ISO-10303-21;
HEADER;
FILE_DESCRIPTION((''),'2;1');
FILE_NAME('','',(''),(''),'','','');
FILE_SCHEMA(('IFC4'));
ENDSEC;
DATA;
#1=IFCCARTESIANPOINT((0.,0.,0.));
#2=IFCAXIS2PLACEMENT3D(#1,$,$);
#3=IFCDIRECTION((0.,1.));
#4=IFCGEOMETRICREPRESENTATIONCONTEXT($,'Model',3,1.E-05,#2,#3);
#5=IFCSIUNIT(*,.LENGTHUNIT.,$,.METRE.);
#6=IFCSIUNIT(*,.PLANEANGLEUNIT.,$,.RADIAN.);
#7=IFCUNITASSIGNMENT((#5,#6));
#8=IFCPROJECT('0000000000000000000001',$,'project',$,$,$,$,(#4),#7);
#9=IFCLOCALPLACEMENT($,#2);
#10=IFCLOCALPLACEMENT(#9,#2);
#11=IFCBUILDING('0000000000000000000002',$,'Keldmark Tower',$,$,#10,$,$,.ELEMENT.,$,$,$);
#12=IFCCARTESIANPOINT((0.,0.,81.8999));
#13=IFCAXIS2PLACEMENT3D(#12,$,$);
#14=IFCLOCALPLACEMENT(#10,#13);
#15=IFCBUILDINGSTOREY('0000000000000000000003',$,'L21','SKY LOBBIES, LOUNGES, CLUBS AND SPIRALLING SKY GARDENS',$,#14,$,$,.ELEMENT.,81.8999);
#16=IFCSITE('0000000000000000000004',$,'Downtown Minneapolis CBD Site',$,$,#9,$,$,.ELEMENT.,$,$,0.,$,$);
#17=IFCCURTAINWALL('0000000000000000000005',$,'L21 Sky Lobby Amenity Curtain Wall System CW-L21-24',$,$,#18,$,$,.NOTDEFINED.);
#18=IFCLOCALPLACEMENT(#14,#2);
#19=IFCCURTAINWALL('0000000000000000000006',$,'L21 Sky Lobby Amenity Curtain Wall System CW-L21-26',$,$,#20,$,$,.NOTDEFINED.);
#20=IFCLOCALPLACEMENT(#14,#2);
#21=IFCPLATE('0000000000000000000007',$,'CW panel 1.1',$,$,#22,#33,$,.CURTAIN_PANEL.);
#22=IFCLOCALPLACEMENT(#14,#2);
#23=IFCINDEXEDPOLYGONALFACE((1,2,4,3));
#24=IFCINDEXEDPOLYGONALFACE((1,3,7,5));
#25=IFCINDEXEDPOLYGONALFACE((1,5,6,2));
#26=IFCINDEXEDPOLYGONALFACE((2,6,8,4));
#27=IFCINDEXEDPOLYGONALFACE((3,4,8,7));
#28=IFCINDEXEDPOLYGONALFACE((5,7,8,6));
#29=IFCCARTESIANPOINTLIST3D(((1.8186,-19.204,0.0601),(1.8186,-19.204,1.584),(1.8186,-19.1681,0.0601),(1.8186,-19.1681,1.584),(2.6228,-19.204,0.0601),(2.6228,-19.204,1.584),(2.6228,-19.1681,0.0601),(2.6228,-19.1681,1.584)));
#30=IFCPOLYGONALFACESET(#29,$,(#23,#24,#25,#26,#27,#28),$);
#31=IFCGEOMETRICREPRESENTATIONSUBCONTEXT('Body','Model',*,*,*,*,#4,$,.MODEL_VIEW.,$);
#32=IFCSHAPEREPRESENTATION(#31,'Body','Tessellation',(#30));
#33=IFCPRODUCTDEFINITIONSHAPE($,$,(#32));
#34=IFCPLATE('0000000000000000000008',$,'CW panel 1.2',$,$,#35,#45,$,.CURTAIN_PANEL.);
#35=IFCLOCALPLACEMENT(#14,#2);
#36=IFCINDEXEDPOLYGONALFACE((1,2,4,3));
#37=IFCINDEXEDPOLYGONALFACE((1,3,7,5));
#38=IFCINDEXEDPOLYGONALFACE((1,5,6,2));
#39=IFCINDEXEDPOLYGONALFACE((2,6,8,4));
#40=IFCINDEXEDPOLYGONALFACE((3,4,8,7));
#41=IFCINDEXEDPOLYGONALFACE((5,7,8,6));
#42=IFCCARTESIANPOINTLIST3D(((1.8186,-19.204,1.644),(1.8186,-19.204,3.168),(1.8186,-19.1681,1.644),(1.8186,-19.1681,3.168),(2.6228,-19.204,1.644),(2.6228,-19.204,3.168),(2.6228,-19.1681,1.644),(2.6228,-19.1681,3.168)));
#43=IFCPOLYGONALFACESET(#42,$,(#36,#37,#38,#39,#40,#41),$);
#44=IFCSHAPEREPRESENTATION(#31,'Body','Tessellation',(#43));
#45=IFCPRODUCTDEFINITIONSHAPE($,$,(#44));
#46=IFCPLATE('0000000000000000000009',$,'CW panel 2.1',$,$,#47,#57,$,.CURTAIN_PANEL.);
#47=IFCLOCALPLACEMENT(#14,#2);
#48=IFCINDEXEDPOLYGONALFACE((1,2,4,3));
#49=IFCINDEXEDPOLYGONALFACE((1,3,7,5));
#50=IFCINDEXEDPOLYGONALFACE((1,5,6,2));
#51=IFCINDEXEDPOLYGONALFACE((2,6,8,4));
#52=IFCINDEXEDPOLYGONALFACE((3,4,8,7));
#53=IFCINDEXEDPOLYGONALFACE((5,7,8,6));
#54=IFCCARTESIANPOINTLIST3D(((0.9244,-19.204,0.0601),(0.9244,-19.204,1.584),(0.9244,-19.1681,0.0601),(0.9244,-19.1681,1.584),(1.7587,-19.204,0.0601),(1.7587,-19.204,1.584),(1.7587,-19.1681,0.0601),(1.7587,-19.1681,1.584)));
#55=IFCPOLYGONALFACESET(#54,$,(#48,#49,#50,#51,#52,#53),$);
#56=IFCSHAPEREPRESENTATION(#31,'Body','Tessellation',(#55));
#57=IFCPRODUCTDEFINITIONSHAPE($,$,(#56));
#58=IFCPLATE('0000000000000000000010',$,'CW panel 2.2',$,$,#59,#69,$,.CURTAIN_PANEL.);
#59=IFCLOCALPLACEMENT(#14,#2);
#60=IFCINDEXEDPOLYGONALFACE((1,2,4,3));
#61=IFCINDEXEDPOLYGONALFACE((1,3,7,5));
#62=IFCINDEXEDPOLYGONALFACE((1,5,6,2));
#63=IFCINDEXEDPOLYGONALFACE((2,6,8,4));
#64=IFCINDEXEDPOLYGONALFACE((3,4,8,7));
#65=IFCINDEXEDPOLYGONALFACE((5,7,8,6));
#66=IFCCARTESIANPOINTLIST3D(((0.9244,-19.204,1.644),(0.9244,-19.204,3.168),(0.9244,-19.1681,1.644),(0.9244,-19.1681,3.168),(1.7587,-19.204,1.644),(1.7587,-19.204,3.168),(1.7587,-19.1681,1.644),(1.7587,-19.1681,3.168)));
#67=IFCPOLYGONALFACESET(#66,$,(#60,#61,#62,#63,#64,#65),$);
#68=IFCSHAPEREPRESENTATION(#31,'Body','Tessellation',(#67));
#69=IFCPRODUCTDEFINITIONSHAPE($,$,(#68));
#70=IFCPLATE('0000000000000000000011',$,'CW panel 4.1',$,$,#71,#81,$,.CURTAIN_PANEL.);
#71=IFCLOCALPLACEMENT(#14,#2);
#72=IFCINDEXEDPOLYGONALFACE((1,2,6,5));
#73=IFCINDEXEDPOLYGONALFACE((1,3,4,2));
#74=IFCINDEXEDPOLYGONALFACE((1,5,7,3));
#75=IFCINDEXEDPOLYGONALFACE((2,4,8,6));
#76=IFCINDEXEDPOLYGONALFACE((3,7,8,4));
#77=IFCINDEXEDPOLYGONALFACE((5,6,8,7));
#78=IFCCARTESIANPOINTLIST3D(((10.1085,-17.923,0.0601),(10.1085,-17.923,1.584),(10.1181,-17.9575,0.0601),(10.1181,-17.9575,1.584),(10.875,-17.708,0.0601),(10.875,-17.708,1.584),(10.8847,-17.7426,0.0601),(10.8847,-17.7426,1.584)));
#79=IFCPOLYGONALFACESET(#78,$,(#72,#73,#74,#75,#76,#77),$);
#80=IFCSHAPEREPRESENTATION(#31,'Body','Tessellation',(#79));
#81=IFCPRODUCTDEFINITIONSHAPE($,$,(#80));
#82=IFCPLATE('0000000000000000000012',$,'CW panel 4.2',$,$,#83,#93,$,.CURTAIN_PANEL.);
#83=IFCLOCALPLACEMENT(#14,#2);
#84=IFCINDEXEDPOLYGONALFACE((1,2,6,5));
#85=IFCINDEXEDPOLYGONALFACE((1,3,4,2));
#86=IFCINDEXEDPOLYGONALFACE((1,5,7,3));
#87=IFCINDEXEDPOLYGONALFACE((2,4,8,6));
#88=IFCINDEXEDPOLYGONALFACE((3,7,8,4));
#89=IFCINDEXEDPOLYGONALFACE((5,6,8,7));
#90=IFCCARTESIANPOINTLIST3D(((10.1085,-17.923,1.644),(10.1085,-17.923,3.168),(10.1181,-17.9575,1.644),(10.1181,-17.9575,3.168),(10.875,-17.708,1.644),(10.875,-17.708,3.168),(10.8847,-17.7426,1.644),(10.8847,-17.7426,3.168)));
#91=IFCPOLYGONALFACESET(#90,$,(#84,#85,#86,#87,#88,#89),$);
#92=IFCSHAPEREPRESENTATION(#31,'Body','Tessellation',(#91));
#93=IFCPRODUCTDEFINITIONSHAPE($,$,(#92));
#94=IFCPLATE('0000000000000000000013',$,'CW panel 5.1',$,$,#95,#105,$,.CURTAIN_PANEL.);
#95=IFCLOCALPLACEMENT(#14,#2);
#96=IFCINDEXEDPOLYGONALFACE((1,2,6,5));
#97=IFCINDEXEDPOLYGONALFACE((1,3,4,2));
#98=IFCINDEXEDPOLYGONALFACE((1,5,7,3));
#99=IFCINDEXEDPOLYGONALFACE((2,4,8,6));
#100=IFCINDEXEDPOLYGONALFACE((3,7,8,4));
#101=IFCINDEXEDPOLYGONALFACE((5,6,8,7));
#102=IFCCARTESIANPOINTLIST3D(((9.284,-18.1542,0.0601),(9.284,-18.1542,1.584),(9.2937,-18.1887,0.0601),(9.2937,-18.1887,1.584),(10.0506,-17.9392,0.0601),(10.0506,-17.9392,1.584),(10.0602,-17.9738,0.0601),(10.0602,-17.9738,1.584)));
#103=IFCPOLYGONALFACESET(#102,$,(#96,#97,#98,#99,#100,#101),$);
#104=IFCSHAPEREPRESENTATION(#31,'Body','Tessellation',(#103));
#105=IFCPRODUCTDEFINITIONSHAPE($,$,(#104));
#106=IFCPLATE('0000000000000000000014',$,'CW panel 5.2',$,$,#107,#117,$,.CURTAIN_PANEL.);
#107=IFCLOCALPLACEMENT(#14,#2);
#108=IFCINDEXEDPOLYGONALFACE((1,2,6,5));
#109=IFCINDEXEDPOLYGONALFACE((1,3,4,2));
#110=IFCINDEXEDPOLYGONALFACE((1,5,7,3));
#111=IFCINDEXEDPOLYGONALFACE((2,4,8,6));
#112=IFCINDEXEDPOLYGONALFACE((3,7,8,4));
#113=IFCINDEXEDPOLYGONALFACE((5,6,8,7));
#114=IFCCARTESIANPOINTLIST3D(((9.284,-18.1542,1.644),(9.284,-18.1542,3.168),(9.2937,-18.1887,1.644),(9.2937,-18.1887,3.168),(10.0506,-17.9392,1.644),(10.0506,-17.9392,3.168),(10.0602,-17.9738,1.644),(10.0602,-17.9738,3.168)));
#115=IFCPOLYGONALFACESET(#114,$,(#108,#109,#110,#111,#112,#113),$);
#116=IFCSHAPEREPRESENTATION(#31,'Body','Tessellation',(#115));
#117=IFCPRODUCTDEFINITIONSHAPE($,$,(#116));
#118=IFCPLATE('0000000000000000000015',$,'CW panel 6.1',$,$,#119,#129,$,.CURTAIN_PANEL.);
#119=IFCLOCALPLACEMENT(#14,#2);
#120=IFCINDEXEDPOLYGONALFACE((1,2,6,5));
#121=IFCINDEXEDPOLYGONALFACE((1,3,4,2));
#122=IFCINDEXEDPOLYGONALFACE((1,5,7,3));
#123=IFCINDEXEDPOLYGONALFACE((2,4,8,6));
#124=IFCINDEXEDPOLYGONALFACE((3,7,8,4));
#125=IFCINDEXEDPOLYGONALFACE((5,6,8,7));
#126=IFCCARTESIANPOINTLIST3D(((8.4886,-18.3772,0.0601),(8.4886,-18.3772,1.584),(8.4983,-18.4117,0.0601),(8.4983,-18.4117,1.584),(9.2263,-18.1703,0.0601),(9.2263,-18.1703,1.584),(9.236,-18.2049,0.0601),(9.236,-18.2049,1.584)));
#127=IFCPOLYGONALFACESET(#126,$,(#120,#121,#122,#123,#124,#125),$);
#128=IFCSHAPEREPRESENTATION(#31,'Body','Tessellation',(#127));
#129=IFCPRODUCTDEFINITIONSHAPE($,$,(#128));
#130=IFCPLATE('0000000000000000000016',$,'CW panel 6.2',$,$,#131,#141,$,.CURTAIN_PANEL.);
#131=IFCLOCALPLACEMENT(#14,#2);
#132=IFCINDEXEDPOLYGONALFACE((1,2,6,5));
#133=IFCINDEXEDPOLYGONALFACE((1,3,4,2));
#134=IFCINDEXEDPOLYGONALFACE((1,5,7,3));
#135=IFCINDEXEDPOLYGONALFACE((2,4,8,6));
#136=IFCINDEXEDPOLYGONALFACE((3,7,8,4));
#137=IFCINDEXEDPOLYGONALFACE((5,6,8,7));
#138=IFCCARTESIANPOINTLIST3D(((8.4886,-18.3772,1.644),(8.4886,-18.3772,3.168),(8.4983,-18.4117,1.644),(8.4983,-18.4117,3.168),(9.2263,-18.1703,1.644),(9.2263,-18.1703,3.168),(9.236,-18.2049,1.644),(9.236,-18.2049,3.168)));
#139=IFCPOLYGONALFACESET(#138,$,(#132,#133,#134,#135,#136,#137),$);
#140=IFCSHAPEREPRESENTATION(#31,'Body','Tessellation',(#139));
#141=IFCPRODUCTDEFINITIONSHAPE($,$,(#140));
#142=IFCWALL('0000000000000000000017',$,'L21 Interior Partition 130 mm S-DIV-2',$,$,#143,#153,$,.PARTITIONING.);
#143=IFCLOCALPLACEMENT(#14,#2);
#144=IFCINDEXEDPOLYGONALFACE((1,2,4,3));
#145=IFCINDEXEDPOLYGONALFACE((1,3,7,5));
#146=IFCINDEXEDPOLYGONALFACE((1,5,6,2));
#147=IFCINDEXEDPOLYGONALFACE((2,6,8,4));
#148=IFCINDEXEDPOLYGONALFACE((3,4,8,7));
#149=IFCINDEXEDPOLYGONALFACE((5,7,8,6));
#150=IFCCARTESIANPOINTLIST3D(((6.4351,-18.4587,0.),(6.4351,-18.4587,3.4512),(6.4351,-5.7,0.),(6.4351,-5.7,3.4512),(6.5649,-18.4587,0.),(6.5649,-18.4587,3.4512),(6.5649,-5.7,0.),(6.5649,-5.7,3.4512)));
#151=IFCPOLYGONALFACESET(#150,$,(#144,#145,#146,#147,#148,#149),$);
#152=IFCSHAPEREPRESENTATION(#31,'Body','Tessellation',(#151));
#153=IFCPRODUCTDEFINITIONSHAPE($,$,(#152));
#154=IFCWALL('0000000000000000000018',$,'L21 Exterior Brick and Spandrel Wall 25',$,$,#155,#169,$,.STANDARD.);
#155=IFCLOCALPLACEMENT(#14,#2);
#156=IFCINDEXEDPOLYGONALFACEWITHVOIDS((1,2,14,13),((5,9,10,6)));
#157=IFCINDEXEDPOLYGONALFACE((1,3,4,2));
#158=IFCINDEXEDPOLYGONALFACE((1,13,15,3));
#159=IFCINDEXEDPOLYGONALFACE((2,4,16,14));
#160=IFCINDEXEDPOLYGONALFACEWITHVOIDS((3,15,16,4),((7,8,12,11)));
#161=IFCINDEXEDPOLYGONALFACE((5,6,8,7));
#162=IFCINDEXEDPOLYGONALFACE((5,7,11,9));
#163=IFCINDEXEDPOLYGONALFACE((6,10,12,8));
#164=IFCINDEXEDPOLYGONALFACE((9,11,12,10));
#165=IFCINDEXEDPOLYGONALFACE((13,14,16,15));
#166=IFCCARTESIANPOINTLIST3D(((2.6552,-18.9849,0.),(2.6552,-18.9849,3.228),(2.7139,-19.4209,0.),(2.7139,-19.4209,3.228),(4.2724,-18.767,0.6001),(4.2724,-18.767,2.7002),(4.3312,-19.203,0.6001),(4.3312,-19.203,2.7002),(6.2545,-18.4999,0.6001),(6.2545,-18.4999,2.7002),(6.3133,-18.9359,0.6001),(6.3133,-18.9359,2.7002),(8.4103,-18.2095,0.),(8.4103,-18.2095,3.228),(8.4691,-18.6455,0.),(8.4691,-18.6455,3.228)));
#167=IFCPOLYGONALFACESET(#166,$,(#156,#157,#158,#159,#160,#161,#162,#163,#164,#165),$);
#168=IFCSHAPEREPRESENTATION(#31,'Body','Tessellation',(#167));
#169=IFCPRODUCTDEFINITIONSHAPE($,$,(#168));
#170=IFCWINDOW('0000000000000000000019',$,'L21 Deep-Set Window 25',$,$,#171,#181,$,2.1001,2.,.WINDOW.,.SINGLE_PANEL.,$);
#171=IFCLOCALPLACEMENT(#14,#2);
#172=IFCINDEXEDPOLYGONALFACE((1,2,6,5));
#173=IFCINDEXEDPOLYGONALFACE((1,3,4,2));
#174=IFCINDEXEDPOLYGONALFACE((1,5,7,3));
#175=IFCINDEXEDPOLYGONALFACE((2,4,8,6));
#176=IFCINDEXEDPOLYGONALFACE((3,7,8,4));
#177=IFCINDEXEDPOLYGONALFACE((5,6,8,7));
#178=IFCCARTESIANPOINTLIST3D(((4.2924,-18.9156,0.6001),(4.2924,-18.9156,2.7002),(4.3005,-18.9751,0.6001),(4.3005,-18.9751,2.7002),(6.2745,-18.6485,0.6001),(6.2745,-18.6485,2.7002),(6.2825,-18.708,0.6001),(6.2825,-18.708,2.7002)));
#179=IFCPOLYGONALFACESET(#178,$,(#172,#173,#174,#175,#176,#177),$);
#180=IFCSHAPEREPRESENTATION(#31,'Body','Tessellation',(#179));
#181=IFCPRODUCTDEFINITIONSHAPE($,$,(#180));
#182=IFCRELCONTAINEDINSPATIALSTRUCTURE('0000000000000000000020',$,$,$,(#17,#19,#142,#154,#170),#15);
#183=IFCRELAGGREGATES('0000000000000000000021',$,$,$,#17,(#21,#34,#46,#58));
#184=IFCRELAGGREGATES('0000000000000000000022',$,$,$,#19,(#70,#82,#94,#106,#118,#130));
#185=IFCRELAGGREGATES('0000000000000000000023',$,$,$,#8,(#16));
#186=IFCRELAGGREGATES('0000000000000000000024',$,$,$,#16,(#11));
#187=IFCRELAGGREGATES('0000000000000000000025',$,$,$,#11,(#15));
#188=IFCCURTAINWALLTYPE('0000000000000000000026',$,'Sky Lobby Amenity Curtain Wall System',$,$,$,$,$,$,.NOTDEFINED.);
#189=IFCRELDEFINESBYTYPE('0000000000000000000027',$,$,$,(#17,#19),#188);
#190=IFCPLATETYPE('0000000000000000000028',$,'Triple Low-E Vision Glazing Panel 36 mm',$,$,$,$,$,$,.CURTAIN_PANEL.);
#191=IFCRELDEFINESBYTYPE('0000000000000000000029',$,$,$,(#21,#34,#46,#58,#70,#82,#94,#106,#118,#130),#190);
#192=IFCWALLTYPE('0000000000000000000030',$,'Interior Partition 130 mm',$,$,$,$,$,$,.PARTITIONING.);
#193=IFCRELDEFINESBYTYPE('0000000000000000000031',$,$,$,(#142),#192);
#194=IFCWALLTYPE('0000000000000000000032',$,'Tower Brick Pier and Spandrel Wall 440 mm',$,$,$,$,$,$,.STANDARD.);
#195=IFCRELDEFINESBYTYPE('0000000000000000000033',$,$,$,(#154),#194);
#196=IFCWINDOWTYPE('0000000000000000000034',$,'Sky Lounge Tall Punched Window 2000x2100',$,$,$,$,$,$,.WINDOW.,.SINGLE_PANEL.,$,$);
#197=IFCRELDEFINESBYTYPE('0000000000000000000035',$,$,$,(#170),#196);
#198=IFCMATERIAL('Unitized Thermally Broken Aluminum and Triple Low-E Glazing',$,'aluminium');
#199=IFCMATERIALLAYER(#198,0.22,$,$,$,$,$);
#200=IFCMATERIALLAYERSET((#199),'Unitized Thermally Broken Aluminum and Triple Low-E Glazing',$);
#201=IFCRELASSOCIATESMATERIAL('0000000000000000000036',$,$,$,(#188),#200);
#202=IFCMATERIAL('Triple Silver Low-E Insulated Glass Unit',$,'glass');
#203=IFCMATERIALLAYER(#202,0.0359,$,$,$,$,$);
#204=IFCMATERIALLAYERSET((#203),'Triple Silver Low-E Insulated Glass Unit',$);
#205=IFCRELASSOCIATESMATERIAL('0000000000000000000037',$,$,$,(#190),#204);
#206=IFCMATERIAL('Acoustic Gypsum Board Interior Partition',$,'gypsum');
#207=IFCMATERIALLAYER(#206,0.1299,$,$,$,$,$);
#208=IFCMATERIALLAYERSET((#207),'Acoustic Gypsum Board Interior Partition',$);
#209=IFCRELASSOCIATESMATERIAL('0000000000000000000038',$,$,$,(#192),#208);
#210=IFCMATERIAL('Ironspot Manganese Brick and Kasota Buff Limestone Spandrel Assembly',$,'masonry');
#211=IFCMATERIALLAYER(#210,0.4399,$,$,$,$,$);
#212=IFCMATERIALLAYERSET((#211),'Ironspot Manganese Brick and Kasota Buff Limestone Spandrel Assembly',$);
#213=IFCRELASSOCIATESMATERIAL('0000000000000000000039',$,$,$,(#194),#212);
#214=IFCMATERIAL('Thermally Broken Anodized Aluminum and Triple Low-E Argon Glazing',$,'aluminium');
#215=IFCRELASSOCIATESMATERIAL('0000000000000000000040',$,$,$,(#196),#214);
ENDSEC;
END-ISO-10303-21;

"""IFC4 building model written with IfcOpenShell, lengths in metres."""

from ifc_helpers import new_model, si_unit, direction, frame, frame_2d, origin, origin_2d, place, context, subcontext, project, spatial, rectangle, extrude, material, layer, layer_set, type_object, element, fill, aggregate, save


model = new_model("IFC4")

# Units and contexts
model_context = context("Model", 3, precision=1e-05, world=origin(), true_north=direction((0.0, 1.0)))
body_context = subcontext(model_context, "Body", "Model", "MODEL_VIEW")
ifc_project = project(units=[si_unit("LENGTHUNIT", "METRE"), si_unit("PLANEANGLEUNIT", "RADIAN")], contexts=[model_context])

# Site, building, storey
site_placement = place(None, origin())
site = spatial("IfcSite", under=ifc_project, at=site_placement, Name="Downtown Minneapolis CBD Site", CompositionType="ELEMENT", RefElevation=0.0)
building_placement = place(site_placement, origin())
building = spatial("IfcBuilding", under=site, at=building_placement, Name="Keldmark Tower", CompositionType="ELEMENT")
storey_placement = place(building_placement, frame((0.0, 0.0, 81.8999)))
storey = spatial("IfcBuildingStorey", under=building, at=storey_placement, Name="L21", Description="SKY LOBBIES, LOUNGES, CLUBS AND SPIRALLING SKY GARDENS", CompositionType="ELEMENT", Elevation=81.8999)

# Curtain walls
ifc_material_1 = material(Name="Unitized Thermally Broken Aluminum and Triple Low-E Glazing", Category="aluminium")
ifc_layer_1 = layer(ifc_material_1, 0.22)
ifc_layer_set_1 = layer_set([ifc_layer_1], Name="Unitized Thermally Broken Aluminum and Triple Low-E Glazing")
curtain_wall_type = type_object("IfcCurtainWallType", Name="Sky Lobby Amenity Curtain Wall System", PredefinedType="NOTDEFINED", material=ifc_layer_set_1)
curtain_wall_1_placement = place(storey_placement, origin())
curtain_wall_1 = element("IfcCurtainWall", 1, at=curtain_wall_1_placement, inside=storey, type_object=curtain_wall_type, Name="L21 Sky Lobby Amenity Curtain Wall System CW-L21-24", PredefinedType="NOTDEFINED")
curtain_wall_2_placement = place(storey_placement, origin())
curtain_wall_2 = element("IfcCurtainWall", 2, at=curtain_wall_2_placement, inside=storey, type_object=curtain_wall_type, Name="L21 Sky Lobby Amenity Curtain Wall System CW-L21-26", PredefinedType="NOTDEFINED")

# Plates
ifc_material_2 = material(Name="Triple Silver Low-E Insulated Glass Unit", Category="glass")
ifc_layer_2 = layer(ifc_material_2, 0.0359)
ifc_layer_set_2 = layer_set([ifc_layer_2], Name="Triple Silver Low-E Insulated Glass Unit")
plate_type_1 = type_object("IfcPlateType", Name="Triple Low-E Vision Glazing Panel 36 mm", PredefinedType="CURTAIN_PANEL", material=ifc_layer_set_2)
plate_1_placement = place(storey_placement, frame((2.2207, -19.186, 0.0601), z_axis=(0.0, 0.0, 1.0), x_axis=(-1.0, 0.0, 0.0)))
plate_1 = element("IfcPlate", 3, at=plate_1_placement, type_object=plate_type_1, Name="CW panel 1.1", PredefinedType="CURTAIN_PANEL", context=body_context, shape_type="SweptSolid", body=[
    extrude(rectangle(XDim=0.8042, YDim=0.0359, at=origin_2d()), origin(), (0.0, 0.0, 1.0), 1.5239),
])
plate_2_placement = place(storey_placement, frame((2.2207, -19.186, 1.644), z_axis=(0.0, 0.0, 1.0), x_axis=(-1.0, 0.0, 0.0)))
plate_2 = element("IfcPlate", 4, at=plate_2_placement, type_object=plate_type_1, Name="CW panel 1.2", PredefinedType="CURTAIN_PANEL", context=body_context, shape_type="SweptSolid", body=[
    extrude(rectangle(XDim=0.8042, YDim=0.0359, at=origin_2d()), origin(), (0.0, 0.0, 1.0), 1.5239),
])
plate_3_placement = place(storey_placement, frame((1.3416, -19.186, 0.0601), z_axis=(0.0, 0.0, 1.0), x_axis=(-1.0, 0.0, 0.0)))
plate_3 = element("IfcPlate", 5, at=plate_3_placement, type_object=plate_type_1, Name="CW panel 2.1", PredefinedType="CURTAIN_PANEL", context=body_context, shape_type="SweptSolid", body=[
    extrude(rectangle(XDim=0.8342, YDim=0.0359, at=origin_2d()), origin(), (0.0, 0.0, 1.0), 1.5239),
])
plate_4_placement = place(storey_placement, frame((1.3416, -19.186, 1.644), z_axis=(0.0, 0.0, 1.0), x_axis=(-1.0, 0.0, 0.0)))
plate_4 = element("IfcPlate", 6, at=plate_4_placement, type_object=plate_type_1, Name="CW panel 2.2", PredefinedType="CURTAIN_PANEL", context=body_context, shape_type="SweptSolid", body=[
    extrude(rectangle(XDim=0.8342, YDim=0.0359, at=origin_2d()), origin(), (0.0, 0.0, 1.0), 1.5239),
])
aggregate(curtain_wall_1, [plate_1, plate_2, plate_3, plate_4])
plate_5_placement = place(storey_placement, frame((10.4966, -17.8328, 0.0601), z_axis=(0.0, 0.0, 1.0), x_axis=(-0.962852, -0.270028, 0.0)))
plate_5 = element("IfcPlate", 7, at=plate_5_placement, type_object=plate_type_1, Name="CW panel 4.1", PredefinedType="CURTAIN_PANEL", context=body_context, shape_type="SweptSolid", body=[
    extrude(rectangle(XDim=0.7961, YDim=0.0359, at=origin_2d()), origin(), (0.0, 0.0, 1.0), 1.5239),
])
plate_6_placement = place(storey_placement, frame((10.4966, -17.8328, 1.644), z_axis=(0.0, 0.0, 1.0), x_axis=(-0.962852, -0.270028, 0.0)))
plate_6 = element("IfcPlate", 8, at=plate_6_placement, type_object=plate_type_1, Name="CW panel 4.2", PredefinedType="CURTAIN_PANEL", context=body_context, shape_type="SweptSolid", body=[
    extrude(rectangle(XDim=0.7961, YDim=0.0359, at=origin_2d()), origin(), (0.0, 0.0, 1.0), 1.5239),
])
plate_7_placement = place(storey_placement, frame((9.6721, -18.064, 0.0601), z_axis=(0.0, 0.0, 1.0), x_axis=(-0.962852, -0.270028, 0.0)))
plate_7 = element("IfcPlate", 9, at=plate_7_placement, type_object=plate_type_1, Name="CW panel 5.1", PredefinedType="CURTAIN_PANEL", context=body_context, shape_type="SweptSolid", body=[
    extrude(rectangle(XDim=0.7961, YDim=0.0359, at=origin_2d()), origin(), (0.0, 0.0, 1.0), 1.5239),
])
plate_8_placement = place(storey_placement, frame((9.6721, -18.064, 1.644), z_axis=(0.0, 0.0, 1.0), x_axis=(-0.962852, -0.270028, 0.0)))
plate_8 = element("IfcPlate", 10, at=plate_8_placement, type_object=plate_type_1, Name="CW panel 5.2", PredefinedType="CURTAIN_PANEL", context=body_context, shape_type="SweptSolid", body=[
    extrude(rectangle(XDim=0.7961, YDim=0.0359, at=origin_2d()), origin(), (0.0, 0.0, 1.0), 1.5239),
])
plate_9_placement = place(storey_placement, frame((8.8623, -18.291, 0.0601), z_axis=(0.0, 0.0, 1.0), x_axis=(-0.962852, -0.270028, 0.0)))
plate_9 = element("IfcPlate", 11, at=plate_9_placement, type_object=plate_type_1, Name="CW panel 6.1", PredefinedType="CURTAIN_PANEL", context=body_context, shape_type="SweptSolid", body=[
    extrude(rectangle(XDim=0.7661, YDim=0.0359, at=origin_2d()), origin(), (0.0, 0.0, 1.0), 1.5239),
])
plate_10_placement = place(storey_placement, frame((8.8623, -18.291, 1.644), z_axis=(0.0, 0.0, 1.0), x_axis=(-0.962852, -0.270028, 0.0)))
plate_10 = element("IfcPlate", 12, at=plate_10_placement, type_object=plate_type_1, Name="CW panel 6.2", PredefinedType="CURTAIN_PANEL", context=body_context, shape_type="SweptSolid", body=[
    extrude(rectangle(XDim=0.7661, YDim=0.0359, at=origin_2d()), origin(), (0.0, 0.0, 1.0), 1.5239),
])
aggregate(curtain_wall_2, [plate_5, plate_6, plate_7, plate_8, plate_9, plate_10])

# Wall
ifc_material_3 = material(Name="Acoustic Gypsum Board Interior Partition", Category="gypsum")
ifc_layer_3 = layer(ifc_material_3, 0.1299)
ifc_layer_set_3 = layer_set([ifc_layer_3], Name="Acoustic Gypsum Board Interior Partition")
wall_type_1 = type_object("IfcWallType", Name="Interior Partition 130 mm", PredefinedType="PARTITIONING", material=ifc_layer_set_3)
wall_1_placement = place(storey_placement, frame((6.5, -18.4587, 0.0), z_axis=(0.0, 0.0, 1.0), x_axis=(0.0, 1.0, 0.0)))
element("IfcWall", 13, at=wall_1_placement, inside=storey, type_object=wall_type_1, Name="L21 Interior Partition 130 mm S-DIV-2", PredefinedType="PARTITIONING", context=body_context, shape_type="SweptSolid", body=[
    extrude(rectangle(XDim=12.7588, YDim=0.1299, at=frame_2d((6.3794, 0.0))), origin(), (0.0, 0.0, 1.0), 3.4512),
])

# Wall, opening, window
ifc_material_4 = material(Name="Ironspot Manganese Brick and Kasota Buff Limestone Spandrel Assembly", Category="masonry")
ifc_layer_4 = layer(ifc_material_4, 0.4399)
ifc_layer_set_4 = layer_set([ifc_layer_4], Name="Ironspot Manganese Brick and Kasota Buff Limestone Spandrel Assembly")
wall_type_2 = type_object("IfcWallType", Name="Tower Brick Pier and Spandrel Wall 440 mm", PredefinedType="STANDARD", material=ifc_layer_set_4)
wall_2_placement = place(storey_placement, frame((8.4397, -18.4275, 0.0), z_axis=(0.0, 0.0, 1.0), x_axis=(-0.991046, -0.133524, 0.0)))
wall_2 = element("IfcWall", 14, at=wall_2_placement, inside=storey, type_object=wall_type_2, Name="L21 Exterior Brick and Spandrel Wall 25", PredefinedType="STANDARD", context=body_context, shape_type="SweptSolid", body=[
    extrude(rectangle(XDim=5.8071, YDim=0.4399, at=frame_2d((2.9036, 0.0))), origin(), (0.0, 0.0, 1.0), 3.228),
])
opening_placement = place(wall_2_placement, frame((2.1753, 0.0, 0.6001)))
opening = element("IfcOpeningElement", 15, at=opening_placement, cuts=wall_2, PredefinedType="OPENING", context=body_context, shape_type="SweptSolid", body=[
    extrude(rectangle(XDim=2.0, YDim=2.1001, at=frame_2d((1.0, 1.05))), frame((0.0, 0.23, 0.0), z_axis=(0.0, -1.0, 0.0), x_axis=(1.0, 0.0, 0.0)), (0.0, 0.0, 1.0), 0.46),
])
ifc_material_5 = material(Name="Thermally Broken Anodized Aluminum and Triple Low-E Argon Glazing", Category="aluminium")
window_type = type_object("IfcWindowType", Name="Sky Lounge Tall Punched Window 2000x2100", PartitioningType="SINGLE_PANEL", PredefinedType="WINDOW", material=ifc_material_5)
window_placement = place(opening_placement, origin())
window = element("IfcWindow", 16, at=window_placement, inside=storey, type_object=window_type, Name="L21 Deep-Set Window 25", OverallHeight=2.1001, OverallWidth=2.0, PartitioningType="SINGLE_PANEL", PredefinedType="WINDOW", context=body_context, shape_type="SweptSolid", body=[
    extrude(rectangle(XDim=2.0, YDim=2.1001, at=frame_2d((1.0, 1.05))), frame((0.0, -0.01, 0.0), z_axis=(0.0, -1.0, 0.0), x_axis=(1.0, 0.0, 0.0)), (0.0, 0.0, 1.0), 0.0601),
])
fill(opening, window)

save(model, "model.ifc")
